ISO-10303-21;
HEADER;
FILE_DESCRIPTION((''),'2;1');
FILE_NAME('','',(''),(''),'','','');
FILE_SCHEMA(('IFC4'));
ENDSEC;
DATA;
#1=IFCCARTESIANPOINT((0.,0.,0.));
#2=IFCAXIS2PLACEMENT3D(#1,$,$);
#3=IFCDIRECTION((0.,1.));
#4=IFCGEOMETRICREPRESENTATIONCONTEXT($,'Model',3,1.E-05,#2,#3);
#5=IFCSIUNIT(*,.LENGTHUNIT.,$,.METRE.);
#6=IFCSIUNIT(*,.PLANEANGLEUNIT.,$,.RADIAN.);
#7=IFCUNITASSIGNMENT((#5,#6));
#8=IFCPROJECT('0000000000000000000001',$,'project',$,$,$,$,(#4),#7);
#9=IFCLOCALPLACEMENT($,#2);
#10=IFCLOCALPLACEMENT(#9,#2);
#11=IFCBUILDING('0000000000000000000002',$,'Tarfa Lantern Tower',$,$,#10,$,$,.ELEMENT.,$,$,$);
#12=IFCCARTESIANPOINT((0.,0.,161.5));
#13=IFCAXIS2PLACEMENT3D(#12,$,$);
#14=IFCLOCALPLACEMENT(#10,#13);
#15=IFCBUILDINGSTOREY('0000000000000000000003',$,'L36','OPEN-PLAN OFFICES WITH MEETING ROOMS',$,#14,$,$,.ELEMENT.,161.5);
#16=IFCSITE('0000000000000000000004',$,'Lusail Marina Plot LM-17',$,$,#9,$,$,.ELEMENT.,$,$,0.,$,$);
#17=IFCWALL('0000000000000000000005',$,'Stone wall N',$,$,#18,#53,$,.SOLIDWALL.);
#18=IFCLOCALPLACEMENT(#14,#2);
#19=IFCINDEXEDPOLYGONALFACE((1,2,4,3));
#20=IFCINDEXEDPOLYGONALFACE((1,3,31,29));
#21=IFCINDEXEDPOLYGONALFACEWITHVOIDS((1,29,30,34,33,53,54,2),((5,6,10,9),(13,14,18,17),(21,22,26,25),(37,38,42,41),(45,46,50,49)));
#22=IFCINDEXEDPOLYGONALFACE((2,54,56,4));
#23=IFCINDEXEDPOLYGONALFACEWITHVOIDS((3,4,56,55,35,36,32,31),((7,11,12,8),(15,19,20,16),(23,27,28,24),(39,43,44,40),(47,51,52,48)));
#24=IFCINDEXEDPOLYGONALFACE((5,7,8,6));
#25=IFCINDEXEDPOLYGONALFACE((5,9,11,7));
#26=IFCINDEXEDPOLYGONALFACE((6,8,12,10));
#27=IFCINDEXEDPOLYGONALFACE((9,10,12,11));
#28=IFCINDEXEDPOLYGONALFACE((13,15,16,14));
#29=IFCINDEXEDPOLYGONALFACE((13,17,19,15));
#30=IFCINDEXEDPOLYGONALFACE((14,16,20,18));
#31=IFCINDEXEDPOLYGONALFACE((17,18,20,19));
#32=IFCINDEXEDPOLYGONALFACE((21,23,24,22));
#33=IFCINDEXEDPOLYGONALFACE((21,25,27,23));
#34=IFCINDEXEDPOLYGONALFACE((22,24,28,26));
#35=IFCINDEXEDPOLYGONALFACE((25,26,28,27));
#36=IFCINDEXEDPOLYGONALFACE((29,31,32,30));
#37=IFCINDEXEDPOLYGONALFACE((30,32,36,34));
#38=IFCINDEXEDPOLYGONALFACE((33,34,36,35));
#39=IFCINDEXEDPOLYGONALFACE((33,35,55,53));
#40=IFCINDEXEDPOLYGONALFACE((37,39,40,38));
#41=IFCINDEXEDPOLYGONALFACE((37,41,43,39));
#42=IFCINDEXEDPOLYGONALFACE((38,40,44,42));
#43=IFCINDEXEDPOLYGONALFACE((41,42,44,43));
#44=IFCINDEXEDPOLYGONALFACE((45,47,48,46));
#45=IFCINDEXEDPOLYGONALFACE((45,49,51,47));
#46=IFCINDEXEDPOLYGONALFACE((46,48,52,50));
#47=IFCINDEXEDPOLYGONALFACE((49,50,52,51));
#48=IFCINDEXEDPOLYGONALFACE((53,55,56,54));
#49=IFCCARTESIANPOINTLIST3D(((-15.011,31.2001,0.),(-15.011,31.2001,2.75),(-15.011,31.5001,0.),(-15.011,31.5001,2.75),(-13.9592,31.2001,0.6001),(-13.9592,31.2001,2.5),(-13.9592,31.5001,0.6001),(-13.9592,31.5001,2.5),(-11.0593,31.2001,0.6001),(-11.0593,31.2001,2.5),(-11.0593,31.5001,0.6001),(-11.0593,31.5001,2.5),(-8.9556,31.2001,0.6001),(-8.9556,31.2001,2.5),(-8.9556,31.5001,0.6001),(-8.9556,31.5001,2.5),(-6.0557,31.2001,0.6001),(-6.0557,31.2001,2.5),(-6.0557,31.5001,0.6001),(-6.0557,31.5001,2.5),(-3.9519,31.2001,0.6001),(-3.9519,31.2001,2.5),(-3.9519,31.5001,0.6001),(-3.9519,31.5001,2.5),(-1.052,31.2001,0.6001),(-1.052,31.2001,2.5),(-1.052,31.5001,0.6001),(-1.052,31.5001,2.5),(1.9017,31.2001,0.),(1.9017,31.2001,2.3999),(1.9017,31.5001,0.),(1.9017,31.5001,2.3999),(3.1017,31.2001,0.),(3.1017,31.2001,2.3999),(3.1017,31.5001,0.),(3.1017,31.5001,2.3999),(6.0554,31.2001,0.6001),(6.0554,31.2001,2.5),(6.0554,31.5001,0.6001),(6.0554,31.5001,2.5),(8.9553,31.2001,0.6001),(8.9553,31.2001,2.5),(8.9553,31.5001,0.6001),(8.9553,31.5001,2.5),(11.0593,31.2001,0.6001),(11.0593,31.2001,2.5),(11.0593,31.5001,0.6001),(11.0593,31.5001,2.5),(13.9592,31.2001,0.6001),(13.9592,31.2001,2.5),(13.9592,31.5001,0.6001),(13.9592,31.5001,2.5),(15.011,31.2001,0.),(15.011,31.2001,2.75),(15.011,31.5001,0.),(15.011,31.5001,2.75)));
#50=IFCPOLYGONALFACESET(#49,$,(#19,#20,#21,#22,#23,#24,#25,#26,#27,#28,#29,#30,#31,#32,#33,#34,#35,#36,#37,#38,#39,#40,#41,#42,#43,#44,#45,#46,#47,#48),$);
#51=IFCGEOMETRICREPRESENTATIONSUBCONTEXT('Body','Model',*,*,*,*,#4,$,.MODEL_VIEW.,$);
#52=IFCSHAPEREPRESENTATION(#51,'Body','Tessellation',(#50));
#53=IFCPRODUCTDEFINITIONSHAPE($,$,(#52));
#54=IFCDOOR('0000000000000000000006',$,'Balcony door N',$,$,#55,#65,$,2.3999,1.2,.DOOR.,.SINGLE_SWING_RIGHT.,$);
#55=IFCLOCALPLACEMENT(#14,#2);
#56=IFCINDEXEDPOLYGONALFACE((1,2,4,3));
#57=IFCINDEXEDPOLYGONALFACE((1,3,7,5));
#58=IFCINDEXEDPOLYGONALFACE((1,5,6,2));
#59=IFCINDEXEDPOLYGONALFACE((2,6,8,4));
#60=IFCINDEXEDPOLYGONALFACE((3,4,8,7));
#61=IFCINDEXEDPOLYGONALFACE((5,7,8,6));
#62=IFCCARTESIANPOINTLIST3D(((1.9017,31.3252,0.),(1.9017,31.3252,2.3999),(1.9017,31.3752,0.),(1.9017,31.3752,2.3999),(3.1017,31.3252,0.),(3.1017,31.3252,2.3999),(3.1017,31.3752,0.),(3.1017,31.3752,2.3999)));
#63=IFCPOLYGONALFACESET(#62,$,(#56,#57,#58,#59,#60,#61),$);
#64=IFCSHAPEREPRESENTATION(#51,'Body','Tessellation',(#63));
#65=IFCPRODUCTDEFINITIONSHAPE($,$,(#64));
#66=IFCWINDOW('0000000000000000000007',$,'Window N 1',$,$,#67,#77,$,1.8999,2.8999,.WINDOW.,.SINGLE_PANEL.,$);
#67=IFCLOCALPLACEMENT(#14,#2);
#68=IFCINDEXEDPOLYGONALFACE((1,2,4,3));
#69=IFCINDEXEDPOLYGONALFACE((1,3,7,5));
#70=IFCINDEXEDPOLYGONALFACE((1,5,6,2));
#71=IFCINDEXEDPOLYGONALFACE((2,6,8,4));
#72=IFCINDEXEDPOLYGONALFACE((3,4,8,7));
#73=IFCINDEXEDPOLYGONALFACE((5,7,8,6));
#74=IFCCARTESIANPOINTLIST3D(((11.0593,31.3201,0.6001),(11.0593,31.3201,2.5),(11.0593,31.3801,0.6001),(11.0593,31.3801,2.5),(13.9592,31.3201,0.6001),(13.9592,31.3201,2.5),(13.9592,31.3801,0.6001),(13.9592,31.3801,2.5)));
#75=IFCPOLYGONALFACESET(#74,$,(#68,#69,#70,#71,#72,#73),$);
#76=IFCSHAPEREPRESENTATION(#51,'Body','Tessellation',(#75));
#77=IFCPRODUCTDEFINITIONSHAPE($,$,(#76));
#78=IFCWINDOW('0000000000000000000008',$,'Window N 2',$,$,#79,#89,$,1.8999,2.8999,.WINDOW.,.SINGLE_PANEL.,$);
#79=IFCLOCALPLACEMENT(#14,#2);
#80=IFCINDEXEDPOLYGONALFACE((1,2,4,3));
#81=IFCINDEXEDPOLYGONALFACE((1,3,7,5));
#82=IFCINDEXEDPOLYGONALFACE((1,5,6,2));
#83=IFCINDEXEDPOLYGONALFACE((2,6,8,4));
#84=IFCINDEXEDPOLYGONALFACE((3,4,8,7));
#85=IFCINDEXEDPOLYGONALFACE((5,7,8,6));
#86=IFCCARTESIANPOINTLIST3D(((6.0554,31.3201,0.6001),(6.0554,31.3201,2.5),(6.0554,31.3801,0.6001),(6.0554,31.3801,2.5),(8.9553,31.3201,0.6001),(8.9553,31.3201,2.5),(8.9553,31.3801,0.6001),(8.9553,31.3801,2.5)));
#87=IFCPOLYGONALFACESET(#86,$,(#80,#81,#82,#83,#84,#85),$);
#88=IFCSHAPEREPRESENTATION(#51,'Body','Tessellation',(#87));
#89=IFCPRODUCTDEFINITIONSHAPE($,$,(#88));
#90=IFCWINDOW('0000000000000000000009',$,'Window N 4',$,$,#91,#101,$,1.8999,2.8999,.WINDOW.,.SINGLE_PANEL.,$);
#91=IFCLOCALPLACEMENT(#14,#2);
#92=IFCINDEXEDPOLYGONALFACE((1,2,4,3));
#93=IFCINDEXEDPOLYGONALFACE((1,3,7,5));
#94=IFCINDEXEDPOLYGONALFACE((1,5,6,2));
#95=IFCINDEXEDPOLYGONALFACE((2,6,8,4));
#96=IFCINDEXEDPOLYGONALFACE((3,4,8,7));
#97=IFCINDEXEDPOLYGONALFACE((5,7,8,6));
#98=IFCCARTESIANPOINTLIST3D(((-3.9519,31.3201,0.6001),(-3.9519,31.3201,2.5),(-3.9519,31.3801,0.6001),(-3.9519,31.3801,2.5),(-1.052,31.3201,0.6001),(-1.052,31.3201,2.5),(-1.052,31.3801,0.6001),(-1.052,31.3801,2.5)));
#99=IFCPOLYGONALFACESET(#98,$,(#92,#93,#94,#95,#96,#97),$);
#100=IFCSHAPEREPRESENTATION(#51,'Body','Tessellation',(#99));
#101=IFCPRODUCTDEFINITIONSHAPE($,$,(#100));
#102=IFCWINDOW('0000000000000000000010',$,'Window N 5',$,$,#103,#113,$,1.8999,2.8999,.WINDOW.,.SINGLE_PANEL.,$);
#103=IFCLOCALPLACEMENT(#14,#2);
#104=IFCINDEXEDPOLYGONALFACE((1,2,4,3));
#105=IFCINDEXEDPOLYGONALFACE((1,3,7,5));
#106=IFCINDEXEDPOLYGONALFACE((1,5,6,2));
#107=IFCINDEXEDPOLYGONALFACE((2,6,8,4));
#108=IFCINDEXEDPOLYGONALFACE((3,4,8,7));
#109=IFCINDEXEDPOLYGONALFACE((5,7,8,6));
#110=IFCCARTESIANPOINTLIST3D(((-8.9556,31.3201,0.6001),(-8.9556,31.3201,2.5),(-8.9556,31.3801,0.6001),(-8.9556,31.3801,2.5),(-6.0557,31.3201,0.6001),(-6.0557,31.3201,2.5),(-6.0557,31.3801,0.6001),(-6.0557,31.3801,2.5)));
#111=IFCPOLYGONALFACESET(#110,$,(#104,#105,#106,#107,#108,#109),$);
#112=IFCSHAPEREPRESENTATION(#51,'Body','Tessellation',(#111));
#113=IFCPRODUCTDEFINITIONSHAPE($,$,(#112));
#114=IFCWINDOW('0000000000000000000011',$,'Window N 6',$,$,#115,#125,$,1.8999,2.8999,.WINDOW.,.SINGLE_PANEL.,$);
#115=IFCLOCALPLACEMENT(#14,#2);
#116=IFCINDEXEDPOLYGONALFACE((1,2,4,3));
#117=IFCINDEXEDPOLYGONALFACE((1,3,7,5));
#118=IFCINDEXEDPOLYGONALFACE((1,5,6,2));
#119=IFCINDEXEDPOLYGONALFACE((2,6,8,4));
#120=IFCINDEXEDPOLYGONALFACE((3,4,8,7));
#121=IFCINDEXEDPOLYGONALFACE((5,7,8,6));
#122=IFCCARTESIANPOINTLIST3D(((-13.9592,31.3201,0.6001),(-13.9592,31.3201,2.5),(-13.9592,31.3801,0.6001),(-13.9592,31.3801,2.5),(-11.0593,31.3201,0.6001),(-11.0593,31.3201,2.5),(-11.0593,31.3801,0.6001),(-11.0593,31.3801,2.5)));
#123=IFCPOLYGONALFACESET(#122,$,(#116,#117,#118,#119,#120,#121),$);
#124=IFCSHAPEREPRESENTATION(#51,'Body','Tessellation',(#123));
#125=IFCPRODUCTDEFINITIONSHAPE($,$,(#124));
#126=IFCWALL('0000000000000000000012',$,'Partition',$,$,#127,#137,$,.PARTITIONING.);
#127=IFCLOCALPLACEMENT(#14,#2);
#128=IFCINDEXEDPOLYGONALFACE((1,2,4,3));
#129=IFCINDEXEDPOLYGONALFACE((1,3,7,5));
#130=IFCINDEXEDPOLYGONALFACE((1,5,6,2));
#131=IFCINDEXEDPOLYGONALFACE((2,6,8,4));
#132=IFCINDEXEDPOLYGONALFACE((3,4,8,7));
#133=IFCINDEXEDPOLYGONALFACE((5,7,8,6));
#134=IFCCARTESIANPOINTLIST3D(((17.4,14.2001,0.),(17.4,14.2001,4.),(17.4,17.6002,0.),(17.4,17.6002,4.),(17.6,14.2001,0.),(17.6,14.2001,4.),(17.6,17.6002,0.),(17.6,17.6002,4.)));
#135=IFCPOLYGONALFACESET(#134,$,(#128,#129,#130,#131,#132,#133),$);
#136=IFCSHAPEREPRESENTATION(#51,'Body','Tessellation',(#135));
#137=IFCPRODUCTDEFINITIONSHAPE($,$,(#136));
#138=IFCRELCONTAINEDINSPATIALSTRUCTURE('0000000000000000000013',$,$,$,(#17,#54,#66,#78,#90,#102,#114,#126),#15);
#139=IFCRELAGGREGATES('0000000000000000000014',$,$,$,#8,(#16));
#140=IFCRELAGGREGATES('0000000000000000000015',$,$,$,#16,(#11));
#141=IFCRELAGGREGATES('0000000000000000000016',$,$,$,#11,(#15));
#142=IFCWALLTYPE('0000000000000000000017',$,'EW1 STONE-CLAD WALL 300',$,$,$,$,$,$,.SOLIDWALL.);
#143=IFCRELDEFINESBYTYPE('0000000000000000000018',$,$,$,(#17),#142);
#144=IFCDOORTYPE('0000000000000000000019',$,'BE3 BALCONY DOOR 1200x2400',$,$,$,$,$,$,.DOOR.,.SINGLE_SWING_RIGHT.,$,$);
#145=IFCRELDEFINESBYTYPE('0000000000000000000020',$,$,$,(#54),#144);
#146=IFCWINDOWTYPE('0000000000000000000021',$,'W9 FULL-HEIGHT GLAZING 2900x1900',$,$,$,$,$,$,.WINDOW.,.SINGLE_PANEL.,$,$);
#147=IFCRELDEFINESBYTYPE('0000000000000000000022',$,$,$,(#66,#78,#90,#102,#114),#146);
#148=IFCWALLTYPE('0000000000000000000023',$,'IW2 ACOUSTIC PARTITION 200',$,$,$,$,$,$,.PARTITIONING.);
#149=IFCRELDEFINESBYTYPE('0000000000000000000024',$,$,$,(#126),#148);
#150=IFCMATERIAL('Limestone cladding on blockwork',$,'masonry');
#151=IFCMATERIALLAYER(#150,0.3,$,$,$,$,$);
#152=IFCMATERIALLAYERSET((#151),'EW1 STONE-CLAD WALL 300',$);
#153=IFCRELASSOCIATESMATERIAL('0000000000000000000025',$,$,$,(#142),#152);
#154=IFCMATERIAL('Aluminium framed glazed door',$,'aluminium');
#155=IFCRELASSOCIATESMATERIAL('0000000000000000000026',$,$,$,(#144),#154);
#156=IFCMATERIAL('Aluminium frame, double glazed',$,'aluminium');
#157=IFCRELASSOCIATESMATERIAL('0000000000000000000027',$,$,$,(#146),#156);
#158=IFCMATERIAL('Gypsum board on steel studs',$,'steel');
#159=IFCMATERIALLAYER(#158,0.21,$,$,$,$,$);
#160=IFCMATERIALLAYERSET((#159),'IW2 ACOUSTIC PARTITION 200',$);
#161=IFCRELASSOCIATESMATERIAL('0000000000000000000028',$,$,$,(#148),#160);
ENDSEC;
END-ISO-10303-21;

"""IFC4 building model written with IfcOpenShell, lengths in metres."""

from ifc_helpers import new_model, si_unit, direction, frame, frame_2d, origin, place, context, subcontext, project, spatial, rectangle, extrude, material, layer, layer_set, type_object, element, fill, save


model = new_model("IFC4")

# Units and contexts
model_context = context("Model", 3, precision=1e-05, world=origin(), true_north=direction((0.0, 1.0)))
body_context = subcontext(model_context, "Body", "Model", "MODEL_VIEW")
ifc_project = project(units=[si_unit("LENGTHUNIT", "METRE"), si_unit("PLANEANGLEUNIT", "RADIAN")], contexts=[model_context])

# Site, building, storey
site_placement = place(None, origin())
site = spatial("IfcSite", under=ifc_project, at=site_placement, Name="Lusail Marina Plot LM-17", CompositionType="ELEMENT", RefElevation=0.0)
building_placement = place(site_placement, origin())
building = spatial("IfcBuilding", under=site, at=building_placement, Name="Tarfa Lantern Tower", CompositionType="ELEMENT")
storey_placement = place(building_placement, frame((0.0, 0.0, 161.5)))
storey = spatial("IfcBuildingStorey", under=building, at=storey_placement, Name="L36", Description="OPEN-PLAN OFFICES WITH MEETING ROOMS", CompositionType="ELEMENT", Elevation=161.5)

# Wall, openings, door, windows
ifc_material_1 = material(Name="Limestone cladding on blockwork", Category="masonry")
ifc_layer_1 = layer(ifc_material_1, 0.3)
ifc_layer_set_1 = layer_set([ifc_layer_1], Name="EW1 STONE-CLAD WALL 300")
wall_type_1 = type_object("IfcWallType", Name="EW1 STONE-CLAD WALL 300", PredefinedType="SOLIDWALL", material=ifc_layer_set_1)
wall_1_placement = place(storey_placement, frame((15.011, 31.3501, 0.0), z_axis=(0.0, 0.0, 1.0), x_axis=(-1.0, 0.0, 0.0)))
wall_1 = element("IfcWall", 1, at=wall_1_placement, inside=storey, type_object=wall_type_1, Name="Stone wall N", PredefinedType="SOLIDWALL", context=body_context, shape_type="SweptSolid", body=[
    extrude(rectangle(XDim=30.022, YDim=0.3, at=frame_2d((15.011, 0.0))), origin(), (0.0, 0.0, 1.0), 2.75),
])
opening_1_placement = place(wall_1_placement, frame((1.0518, 0.0, 0.6001)))
opening_1 = element("IfcOpeningElement", 2, at=opening_1_placement, cuts=wall_1, PredefinedType="OPENING", context=body_context, shape_type="SweptSolid", body=[
    extrude(rectangle(XDim=2.8999, YDim=1.8999, at=frame_2d((1.45, 0.95))), frame((0.0, 0.1599, 0.0), z_axis=(0.0, -1.0, 0.0), x_axis=(1.0, 0.0, 0.0)), (0.0, 0.0, 1.0), 0.3201),
])
opening_2_placement = place(wall_1_placement, frame((6.0557, 0.0, 0.6001)))
opening_2 = element("IfcOpeningElement", 3, at=opening_2_placement, cuts=wall_1, PredefinedType="OPENING", context=body_context, shape_type="SweptSolid", body=[
    extrude(rectangle(XDim=2.8999, YDim=1.8999, at=frame_2d((1.45, 0.95))), frame((0.0, 0.1599, 0.0), z_axis=(0.0, -1.0, 0.0), x_axis=(1.0, 0.0, 0.0)), (0.0, 0.0, 1.0), 0.3201),
])
opening_3_placement = place(wall_1_placement, frame((11.9092, 0.0, 0.0)))
opening_3 = element("IfcOpeningElement", 4, at=opening_3_placement, cuts=wall_1, PredefinedType="OPENING", context=body_context, shape_type="SweptSolid", body=[
    extrude(rectangle(XDim=1.2, YDim=2.3999, at=frame_2d((0.6001, 1.2))), frame((0.0, 0.1599, 0.0), z_axis=(0.0, -1.0, 0.0), x_axis=(1.0, 0.0, 0.0)), (0.0, 0.0, 1.0), 0.3201),
])
opening_4_placement = place(wall_1_placement, frame((16.063, 0.0, 0.6001)))
opening_4 = element("IfcOpeningElement", 5, at=opening_4_placement, cuts=wall_1, PredefinedType="OPENING", context=body_context, shape_type="SweptSolid", body=[
    extrude(rectangle(XDim=2.8999, YDim=1.8999, at=frame_2d((1.45, 0.95))), frame((0.0, 0.1599, 0.0), z_axis=(0.0, -1.0, 0.0), x_axis=(1.0, 0.0, 0.0)), (0.0, 0.0, 1.0), 0.3201),
])
opening_5_placement = place(wall_1_placement, frame((21.0667, 0.0, 0.6001)))
opening_5 = element("IfcOpeningElement", 6, at=opening_5_placement, cuts=wall_1, PredefinedType="OPENING", context=body_context, shape_type="SweptSolid", body=[
    extrude(rectangle(XDim=2.8999, YDim=1.8999, at=frame_2d((1.45, 0.95))), frame((0.0, 0.1599, 0.0), z_axis=(0.0, -1.0, 0.0), x_axis=(1.0, 0.0, 0.0)), (0.0, 0.0, 1.0), 0.3201),
])
opening_6_placement = place(wall_1_placement, frame((26.0703, 0.0, 0.6001)))
opening_6 = element("IfcOpeningElement", 7, at=opening_6_placement, cuts=wall_1, PredefinedType="OPENING", context=body_context, shape_type="SweptSolid", body=[
    extrude(rectangle(XDim=2.8999, YDim=1.8999, at=frame_2d((1.45, 0.95))), frame((0.0, 0.1599, 0.0), z_axis=(0.0, -1.0, 0.0), x_axis=(1.0, 0.0, 0.0)), (0.0, 0.0, 1.0), 0.3201),
])
ifc_material_2 = material(Name="Aluminium framed glazed door", Category="aluminium")
door_type = type_object("IfcDoorType", Name="BE3 BALCONY DOOR 1200x2400", OperationType="SINGLE_SWING_RIGHT", PredefinedType="DOOR", material=ifc_material_2)
door_placement = place(opening_3_placement, origin())
door = element("IfcDoor", 8, at=door_placement, inside=storey, type_object=door_type, Name="Balcony door N", OperationType="SINGLE_SWING_RIGHT", OverallHeight=2.3999, OverallWidth=1.2, PredefinedType="DOOR", context=body_context, shape_type="SweptSolid", body=[
    extrude(rectangle(XDim=1.2, YDim=2.3999, at=frame_2d((0.6001, 1.2))), frame((0.0, 0.0249, 0.0), z_axis=(0.0, -1.0, 0.0), x_axis=(1.0, 0.0, 0.0)), (0.0, 0.0, 1.0), 0.05),
])
fill(opening_3, door)
ifc_material_3 = material(Name="Aluminium frame, double glazed", Category="aluminium")
window_type = type_object("IfcWindowType", Name="W9 FULL-HEIGHT GLAZING 2900x1900", PartitioningType="SINGLE_PANEL", PredefinedType="WINDOW", material=ifc_material_3)
window_1_placement = place(opening_1_placement, origin())
window_1 = element("IfcWindow", 9, at=window_1_placement, inside=storey, type_object=window_type, Name="Window N 1", OverallHeight=1.8999, OverallWidth=2.8999, PartitioningType="SINGLE_PANEL", PredefinedType="WINDOW", context=body_context, shape_type="SweptSolid", body=[
    extrude(rectangle(XDim=2.8999, YDim=1.8999, at=frame_2d((1.45, 0.95))), frame((0.0, 0.03, 0.0), z_axis=(0.0, -1.0, 0.0), x_axis=(1.0, 0.0, 0.0)), (0.0, 0.0, 1.0), 0.0601),
])
fill(opening_1, window_1)
window_2_placement = place(opening_2_placement, origin())
window_2 = element("IfcWindow", 10, at=window_2_placement, inside=storey, type_object=window_type, Name="Window N 2", OverallHeight=1.8999, OverallWidth=2.8999, PartitioningType="SINGLE_PANEL", PredefinedType="WINDOW", context=body_context, shape_type="SweptSolid", body=[
    extrude(rectangle(XDim=2.8999, YDim=1.8999, at=frame_2d((1.45, 0.95))), frame((0.0, 0.03, 0.0), z_axis=(0.0, -1.0, 0.0), x_axis=(1.0, 0.0, 0.0)), (0.0, 0.0, 1.0), 0.0601),
])
fill(opening_2, window_2)
window_3_placement = place(opening_4_placement, origin())
window_3 = element("IfcWindow", 11, at=window_3_placement, inside=storey, type_object=window_type, Name="Window N 4", OverallHeight=1.8999, OverallWidth=2.8999, PartitioningType="SINGLE_PANEL", PredefinedType="WINDOW", context=body_context, shape_type="SweptSolid", body=[
    extrude(rectangle(XDim=2.8999, YDim=1.8999, at=frame_2d((1.45, 0.95))), frame((0.0, 0.03, 0.0), z_axis=(0.0, -1.0, 0.0), x_axis=(1.0, 0.0, 0.0)), (0.0, 0.0, 1.0), 0.0601),
])
fill(opening_4, window_3)
window_4_placement = place(opening_5_placement, origin())
window_4 = element("IfcWindow", 12, at=window_4_placement, inside=storey, type_object=window_type, Name="Window N 5", OverallHeight=1.8999, OverallWidth=2.8999, PartitioningType="SINGLE_PANEL", PredefinedType="WINDOW", context=body_context, shape_type="SweptSolid", body=[
    extrude(rectangle(XDim=2.8999, YDim=1.8999, at=frame_2d((1.45, 0.95))), frame((0.0, 0.03, 0.0), z_axis=(0.0, -1.0, 0.0), x_axis=(1.0, 0.0, 0.0)), (0.0, 0.0, 1.0), 0.0601),
])
fill(opening_5, window_4)
window_5_placement = place(opening_6_placement, origin())
window_5 = element("IfcWindow", 13, at=window_5_placement, inside=storey, type_object=window_type, Name="Window N 6", OverallHeight=1.8999, OverallWidth=2.8999, PartitioningType="SINGLE_PANEL", PredefinedType="WINDOW", context=body_context, shape_type="SweptSolid", body=[
    extrude(rectangle(XDim=2.8999, YDim=1.8999, at=frame_2d((1.45, 0.95))), frame((0.0, 0.03, 0.0), z_axis=(0.0, -1.0, 0.0), x_axis=(1.0, 0.0, 0.0)), (0.0, 0.0, 1.0), 0.0601),
])
fill(opening_6, window_5)

# Wall
ifc_material_4 = material(Name="Gypsum board on steel studs", Category="steel")
ifc_layer_2 = layer(ifc_material_4, 0.21)
ifc_layer_set_2 = layer_set([ifc_layer_2], Name="IW2 ACOUSTIC PARTITION 200")
wall_type_2 = type_object("IfcWallType", Name="IW2 ACOUSTIC PARTITION 200", PredefinedType="PARTITIONING", material=ifc_layer_set_2)
wall_2_placement = place(storey_placement, frame((17.5, 14.2, 0.0), z_axis=(0.0, 0.0, 1.0), x_axis=(0.0, 1.0, 0.0)))
element("IfcWall", 14, at=wall_2_placement, inside=storey, type_object=wall_type_2, Name="Partition", PredefinedType="PARTITIONING", context=body_context, shape_type="SweptSolid", body=[
    extrude(rectangle(XDim=3.4001, YDim=0.2, at=frame_2d((1.7002, 0.0))), origin(), (0.0, 0.0, 1.0), 4.0),
])

save(model, "model.ifc")
